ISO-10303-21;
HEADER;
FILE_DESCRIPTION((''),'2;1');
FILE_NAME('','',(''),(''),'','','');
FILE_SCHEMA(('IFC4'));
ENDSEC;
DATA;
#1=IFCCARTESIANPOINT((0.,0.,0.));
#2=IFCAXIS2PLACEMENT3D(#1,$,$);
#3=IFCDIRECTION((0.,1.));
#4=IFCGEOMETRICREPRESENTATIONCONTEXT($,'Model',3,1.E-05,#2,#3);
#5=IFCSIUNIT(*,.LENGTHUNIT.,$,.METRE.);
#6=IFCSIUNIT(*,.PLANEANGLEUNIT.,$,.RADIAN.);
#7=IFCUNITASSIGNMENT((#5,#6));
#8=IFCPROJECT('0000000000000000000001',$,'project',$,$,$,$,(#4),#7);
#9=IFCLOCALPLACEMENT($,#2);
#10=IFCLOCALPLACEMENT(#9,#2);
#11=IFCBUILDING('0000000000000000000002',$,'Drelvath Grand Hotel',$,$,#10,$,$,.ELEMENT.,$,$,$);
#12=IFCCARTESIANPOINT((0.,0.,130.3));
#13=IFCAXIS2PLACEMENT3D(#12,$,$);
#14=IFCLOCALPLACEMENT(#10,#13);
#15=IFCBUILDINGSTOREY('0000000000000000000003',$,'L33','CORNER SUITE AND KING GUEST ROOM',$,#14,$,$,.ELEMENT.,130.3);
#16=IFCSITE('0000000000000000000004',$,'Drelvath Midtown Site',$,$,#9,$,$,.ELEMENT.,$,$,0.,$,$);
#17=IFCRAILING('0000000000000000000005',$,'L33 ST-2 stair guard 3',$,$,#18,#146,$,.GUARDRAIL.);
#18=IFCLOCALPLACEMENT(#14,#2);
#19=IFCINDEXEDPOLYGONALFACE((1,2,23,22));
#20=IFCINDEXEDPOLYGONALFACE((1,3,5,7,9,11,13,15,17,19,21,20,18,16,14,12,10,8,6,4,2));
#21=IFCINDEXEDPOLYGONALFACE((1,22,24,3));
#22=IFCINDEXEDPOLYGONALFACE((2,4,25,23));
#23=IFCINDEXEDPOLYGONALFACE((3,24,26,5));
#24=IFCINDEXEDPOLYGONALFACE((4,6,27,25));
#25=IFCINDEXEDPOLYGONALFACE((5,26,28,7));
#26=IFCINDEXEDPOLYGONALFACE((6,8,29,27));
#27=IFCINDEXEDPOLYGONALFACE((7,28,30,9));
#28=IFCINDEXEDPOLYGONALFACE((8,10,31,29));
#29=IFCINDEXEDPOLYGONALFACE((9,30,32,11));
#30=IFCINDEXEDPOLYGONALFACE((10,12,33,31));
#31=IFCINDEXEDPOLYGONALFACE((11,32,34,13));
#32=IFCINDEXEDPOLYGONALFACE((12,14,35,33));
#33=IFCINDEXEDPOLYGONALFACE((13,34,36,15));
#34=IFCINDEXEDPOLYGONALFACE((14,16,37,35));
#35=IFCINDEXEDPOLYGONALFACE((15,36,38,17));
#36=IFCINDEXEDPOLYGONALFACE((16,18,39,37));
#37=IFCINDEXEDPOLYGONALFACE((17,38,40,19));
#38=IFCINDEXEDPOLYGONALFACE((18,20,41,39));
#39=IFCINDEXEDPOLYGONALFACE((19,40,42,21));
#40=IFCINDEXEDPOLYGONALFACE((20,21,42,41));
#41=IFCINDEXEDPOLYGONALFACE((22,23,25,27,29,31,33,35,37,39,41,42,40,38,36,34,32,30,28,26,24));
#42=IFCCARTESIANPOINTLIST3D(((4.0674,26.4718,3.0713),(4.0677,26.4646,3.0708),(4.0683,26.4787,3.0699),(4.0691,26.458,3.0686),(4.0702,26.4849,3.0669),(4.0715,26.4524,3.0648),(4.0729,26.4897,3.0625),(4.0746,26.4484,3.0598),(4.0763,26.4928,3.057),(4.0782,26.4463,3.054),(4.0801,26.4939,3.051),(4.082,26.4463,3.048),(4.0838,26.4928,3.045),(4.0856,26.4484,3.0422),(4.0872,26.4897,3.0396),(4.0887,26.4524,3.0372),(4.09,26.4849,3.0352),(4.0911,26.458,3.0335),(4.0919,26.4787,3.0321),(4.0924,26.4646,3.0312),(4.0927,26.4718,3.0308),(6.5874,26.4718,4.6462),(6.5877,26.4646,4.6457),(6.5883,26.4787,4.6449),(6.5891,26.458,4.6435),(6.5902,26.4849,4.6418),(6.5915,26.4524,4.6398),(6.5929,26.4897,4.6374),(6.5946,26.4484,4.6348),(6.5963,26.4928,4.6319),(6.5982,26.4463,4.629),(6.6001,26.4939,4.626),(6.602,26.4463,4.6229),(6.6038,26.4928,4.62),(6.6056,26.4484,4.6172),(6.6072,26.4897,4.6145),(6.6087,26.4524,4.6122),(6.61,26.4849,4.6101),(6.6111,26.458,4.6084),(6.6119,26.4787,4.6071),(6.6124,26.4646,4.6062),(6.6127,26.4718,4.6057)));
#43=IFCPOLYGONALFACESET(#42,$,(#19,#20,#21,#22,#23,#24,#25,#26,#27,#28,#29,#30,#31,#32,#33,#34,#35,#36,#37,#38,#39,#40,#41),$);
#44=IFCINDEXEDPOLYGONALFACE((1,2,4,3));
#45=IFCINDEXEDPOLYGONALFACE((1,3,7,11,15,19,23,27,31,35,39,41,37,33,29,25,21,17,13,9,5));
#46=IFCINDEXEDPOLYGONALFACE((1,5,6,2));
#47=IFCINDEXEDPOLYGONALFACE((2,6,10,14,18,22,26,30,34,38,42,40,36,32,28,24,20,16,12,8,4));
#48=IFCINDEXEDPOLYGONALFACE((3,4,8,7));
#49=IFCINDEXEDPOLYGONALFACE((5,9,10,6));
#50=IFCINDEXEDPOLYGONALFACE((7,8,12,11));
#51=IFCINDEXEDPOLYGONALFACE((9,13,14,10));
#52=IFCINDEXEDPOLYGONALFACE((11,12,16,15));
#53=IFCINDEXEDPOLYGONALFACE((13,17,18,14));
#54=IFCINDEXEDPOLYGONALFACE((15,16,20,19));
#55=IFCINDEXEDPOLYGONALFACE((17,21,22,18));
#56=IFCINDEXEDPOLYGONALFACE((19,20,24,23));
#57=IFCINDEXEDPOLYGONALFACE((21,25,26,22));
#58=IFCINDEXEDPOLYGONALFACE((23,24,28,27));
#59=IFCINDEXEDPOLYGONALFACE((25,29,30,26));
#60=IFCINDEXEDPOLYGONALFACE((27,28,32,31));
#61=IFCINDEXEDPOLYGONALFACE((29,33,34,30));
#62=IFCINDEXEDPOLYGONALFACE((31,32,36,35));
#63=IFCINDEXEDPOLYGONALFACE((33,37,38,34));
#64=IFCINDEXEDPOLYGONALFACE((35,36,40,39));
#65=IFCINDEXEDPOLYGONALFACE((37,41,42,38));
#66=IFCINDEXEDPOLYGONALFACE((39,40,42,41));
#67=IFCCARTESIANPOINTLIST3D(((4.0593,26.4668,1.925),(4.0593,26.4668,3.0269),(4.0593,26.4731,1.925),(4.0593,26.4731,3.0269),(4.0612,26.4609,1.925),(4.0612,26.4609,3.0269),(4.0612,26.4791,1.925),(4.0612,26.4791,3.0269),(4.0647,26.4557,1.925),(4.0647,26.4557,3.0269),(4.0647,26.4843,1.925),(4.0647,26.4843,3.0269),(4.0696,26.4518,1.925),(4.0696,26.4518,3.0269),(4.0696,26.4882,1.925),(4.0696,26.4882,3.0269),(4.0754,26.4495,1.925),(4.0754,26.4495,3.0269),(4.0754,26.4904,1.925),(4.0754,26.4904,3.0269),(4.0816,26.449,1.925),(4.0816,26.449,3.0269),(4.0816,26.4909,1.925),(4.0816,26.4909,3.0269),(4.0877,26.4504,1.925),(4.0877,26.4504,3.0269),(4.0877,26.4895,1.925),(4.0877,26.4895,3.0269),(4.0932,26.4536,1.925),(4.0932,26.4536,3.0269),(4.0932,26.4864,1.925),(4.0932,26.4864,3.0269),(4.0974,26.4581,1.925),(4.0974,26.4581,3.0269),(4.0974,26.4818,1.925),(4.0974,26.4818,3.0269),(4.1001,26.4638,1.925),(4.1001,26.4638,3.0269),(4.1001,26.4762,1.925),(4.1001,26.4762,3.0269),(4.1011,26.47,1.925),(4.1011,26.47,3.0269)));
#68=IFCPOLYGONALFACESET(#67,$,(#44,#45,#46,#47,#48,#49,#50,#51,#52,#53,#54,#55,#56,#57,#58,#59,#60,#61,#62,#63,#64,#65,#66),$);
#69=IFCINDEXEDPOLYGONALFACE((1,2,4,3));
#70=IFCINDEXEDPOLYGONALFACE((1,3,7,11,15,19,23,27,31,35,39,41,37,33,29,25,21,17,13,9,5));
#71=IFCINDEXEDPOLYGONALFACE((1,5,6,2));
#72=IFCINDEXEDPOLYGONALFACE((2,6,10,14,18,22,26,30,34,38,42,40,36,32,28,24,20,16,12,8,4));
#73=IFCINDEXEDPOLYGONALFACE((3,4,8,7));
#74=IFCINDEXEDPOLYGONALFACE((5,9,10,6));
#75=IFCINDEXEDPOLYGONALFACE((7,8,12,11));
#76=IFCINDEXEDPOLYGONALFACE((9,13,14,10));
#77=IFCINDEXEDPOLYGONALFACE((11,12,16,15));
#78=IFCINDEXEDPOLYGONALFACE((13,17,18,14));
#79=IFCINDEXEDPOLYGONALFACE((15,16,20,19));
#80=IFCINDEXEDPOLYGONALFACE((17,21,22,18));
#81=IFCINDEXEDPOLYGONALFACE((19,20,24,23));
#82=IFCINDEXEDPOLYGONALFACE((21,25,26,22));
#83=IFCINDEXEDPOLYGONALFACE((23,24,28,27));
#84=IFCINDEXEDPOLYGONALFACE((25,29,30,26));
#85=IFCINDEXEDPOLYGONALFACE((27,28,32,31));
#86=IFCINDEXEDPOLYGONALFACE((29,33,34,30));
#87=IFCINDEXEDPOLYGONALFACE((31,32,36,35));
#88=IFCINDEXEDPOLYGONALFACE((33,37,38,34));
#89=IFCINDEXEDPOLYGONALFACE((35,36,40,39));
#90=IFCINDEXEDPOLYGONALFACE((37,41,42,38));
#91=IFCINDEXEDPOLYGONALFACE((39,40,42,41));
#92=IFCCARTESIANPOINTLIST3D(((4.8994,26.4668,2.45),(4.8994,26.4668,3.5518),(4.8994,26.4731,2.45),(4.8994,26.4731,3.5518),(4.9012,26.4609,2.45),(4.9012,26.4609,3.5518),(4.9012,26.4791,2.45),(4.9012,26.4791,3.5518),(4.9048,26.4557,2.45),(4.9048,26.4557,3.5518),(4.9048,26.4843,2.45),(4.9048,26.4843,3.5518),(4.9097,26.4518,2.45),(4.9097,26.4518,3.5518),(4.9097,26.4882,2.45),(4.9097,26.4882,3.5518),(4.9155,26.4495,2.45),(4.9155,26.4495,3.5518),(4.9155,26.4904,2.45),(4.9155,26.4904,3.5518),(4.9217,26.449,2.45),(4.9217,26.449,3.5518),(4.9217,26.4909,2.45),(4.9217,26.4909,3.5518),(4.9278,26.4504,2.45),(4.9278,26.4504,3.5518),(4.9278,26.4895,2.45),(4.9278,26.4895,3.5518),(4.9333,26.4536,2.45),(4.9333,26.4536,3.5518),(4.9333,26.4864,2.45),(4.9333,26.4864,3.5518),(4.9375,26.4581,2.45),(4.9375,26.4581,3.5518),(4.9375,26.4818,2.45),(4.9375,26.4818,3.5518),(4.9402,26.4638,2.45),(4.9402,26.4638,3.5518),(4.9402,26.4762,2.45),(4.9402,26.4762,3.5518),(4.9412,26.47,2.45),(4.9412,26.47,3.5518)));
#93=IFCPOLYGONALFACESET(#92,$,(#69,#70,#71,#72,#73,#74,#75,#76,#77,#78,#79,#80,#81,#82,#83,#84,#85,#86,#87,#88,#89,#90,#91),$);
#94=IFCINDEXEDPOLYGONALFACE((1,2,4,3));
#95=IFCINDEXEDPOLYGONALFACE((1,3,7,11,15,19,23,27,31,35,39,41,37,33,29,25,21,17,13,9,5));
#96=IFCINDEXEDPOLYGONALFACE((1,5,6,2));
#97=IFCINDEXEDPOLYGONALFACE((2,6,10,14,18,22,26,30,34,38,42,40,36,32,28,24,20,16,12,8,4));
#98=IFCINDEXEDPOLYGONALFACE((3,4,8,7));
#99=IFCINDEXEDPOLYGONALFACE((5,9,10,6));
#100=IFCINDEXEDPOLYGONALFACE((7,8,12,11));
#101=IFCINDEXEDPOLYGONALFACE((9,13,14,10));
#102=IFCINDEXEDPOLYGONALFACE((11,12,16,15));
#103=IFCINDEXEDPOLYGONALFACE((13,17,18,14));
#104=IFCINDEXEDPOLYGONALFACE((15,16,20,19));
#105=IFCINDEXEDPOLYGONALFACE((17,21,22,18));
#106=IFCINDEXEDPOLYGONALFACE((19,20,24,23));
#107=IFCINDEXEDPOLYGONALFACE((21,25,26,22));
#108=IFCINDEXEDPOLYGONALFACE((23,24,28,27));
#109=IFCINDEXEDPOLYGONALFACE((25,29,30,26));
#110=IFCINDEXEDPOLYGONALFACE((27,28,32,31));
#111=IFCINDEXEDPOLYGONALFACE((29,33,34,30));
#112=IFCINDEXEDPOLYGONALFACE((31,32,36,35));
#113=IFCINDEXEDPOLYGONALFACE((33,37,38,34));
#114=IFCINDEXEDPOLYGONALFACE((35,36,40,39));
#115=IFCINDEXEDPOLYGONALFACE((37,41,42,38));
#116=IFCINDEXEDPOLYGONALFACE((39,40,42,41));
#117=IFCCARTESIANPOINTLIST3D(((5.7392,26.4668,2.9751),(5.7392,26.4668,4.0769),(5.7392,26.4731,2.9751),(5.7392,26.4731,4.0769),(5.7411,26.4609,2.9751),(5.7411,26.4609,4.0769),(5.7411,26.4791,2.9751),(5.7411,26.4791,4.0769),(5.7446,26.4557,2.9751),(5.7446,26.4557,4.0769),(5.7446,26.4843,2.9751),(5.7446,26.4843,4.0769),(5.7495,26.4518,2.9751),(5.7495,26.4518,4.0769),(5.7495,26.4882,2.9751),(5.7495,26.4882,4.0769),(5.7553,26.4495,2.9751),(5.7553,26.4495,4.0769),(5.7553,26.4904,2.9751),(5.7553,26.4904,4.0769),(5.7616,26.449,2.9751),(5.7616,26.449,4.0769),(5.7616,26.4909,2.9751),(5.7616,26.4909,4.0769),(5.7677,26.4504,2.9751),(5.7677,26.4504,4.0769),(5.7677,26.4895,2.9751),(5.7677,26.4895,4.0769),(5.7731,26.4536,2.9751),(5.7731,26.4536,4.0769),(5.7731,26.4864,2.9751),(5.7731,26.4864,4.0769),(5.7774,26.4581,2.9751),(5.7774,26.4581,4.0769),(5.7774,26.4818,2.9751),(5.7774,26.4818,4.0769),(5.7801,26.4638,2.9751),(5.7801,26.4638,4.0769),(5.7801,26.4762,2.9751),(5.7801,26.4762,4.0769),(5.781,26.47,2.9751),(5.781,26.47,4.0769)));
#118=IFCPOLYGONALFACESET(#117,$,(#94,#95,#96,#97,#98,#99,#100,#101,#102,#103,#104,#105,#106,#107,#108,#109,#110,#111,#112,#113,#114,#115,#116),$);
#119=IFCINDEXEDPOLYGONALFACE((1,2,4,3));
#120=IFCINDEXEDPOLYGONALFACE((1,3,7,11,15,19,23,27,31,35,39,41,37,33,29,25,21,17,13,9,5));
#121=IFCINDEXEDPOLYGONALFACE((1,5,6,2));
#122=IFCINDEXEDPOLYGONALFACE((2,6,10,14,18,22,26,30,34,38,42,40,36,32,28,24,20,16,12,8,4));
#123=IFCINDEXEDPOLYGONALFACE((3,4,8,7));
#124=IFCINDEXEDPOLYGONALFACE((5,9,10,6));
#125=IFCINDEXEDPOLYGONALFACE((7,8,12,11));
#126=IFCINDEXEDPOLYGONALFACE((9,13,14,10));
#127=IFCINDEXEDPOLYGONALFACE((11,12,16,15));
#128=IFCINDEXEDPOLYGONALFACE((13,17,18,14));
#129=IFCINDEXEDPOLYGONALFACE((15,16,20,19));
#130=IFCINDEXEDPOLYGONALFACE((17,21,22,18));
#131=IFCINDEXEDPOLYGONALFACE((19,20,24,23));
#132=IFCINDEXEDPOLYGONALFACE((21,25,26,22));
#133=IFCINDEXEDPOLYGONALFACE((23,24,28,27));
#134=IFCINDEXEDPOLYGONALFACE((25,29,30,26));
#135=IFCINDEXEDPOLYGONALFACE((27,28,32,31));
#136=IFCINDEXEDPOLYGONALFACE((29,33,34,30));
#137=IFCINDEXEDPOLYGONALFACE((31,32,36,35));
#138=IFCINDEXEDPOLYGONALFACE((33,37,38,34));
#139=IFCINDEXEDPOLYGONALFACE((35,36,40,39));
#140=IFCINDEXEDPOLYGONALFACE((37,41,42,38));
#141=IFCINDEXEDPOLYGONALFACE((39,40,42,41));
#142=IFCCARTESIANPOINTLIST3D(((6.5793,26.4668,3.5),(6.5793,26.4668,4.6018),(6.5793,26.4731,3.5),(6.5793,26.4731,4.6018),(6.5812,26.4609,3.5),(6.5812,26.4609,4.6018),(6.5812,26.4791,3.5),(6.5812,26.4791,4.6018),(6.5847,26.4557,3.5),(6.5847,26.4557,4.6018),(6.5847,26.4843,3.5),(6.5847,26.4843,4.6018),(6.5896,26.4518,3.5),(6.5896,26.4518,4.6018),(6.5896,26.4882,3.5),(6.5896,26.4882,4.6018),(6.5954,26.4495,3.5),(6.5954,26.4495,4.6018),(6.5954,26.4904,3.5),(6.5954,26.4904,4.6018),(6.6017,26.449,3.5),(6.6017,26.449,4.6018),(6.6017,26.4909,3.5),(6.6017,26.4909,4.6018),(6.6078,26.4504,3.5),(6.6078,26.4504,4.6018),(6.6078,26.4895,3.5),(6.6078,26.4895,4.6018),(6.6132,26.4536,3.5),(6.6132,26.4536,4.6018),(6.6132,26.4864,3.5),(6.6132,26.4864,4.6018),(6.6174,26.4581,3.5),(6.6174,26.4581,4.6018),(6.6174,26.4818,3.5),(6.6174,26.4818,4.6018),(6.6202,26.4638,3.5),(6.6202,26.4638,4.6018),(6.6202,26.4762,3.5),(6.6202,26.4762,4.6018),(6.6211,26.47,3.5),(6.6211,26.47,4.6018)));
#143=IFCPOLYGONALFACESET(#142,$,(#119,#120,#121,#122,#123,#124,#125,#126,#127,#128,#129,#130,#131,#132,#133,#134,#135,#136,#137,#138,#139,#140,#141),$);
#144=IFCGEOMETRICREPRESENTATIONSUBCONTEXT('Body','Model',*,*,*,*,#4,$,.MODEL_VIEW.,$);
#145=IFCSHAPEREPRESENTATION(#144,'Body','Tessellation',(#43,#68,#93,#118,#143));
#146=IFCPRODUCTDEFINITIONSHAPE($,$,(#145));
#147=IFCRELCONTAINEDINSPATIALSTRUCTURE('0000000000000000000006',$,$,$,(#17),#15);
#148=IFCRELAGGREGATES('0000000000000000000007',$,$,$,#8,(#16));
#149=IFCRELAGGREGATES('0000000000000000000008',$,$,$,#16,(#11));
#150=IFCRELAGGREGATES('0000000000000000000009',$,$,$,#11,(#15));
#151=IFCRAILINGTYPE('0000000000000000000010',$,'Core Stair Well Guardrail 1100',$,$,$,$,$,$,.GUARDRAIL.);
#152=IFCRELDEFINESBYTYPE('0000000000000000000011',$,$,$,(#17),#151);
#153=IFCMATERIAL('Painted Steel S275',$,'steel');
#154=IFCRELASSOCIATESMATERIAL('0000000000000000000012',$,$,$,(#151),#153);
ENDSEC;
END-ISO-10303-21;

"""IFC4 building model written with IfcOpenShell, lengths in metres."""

from ifc_helpers import new_model, si_unit, direction, frame, origin, origin_2d, place, context, subcontext, project, spatial, circle, extrude, material, type_object, element, save


model = new_model("IFC4")

# Units and contexts
model_context = context("Model", 3, precision=1e-05, world=origin(), true_north=direction((0.0, 1.0)))
body_context = subcontext(model_context, "Body", "Model", "MODEL_VIEW")
ifc_project = project(units=[si_unit("LENGTHUNIT", "METRE"), si_unit("PLANEANGLEUNIT", "RADIAN")], contexts=[model_context])

# Site, building, storey
site_placement = place(None, origin())
site = spatial("IfcSite", under=ifc_project, at=site_placement, Name="Drelvath Midtown Site", CompositionType="ELEMENT", RefElevation=0.0)
building_placement = place(site_placement, origin())
building = spatial("IfcBuilding", under=site, at=building_placement, Name="Drelvath Grand Hotel", CompositionType="ELEMENT")
storey_placement = place(building_placement, frame((0.0, 0.0, 130.3)))
storey = spatial("IfcBuildingStorey", under=building, at=storey_placement, Name="L33", Description="CORNER SUITE AND KING GUEST ROOM", CompositionType="ELEMENT", Elevation=130.3)

# Railing
ifc_material_1 = material(Name="Painted Steel S275", Category="steel")
railing_type_1 = type_object("IfcRailingType", Name="Core Stair Well Guardrail 1100", PredefinedType="GUARDRAIL", material=ifc_material_1)
railing_1_placement = place(storey_placement, frame((4.0801, 26.47, 1.925)))
element("IfcRailing", 1, at=railing_1_placement, inside=storey, type_object=railing_type_1, Name="L33 ST-2 stair guard 3", PredefinedType="GUARDRAIL", context=body_context, shape_type="SweptSolid", body=[
    extrude(circle(Radius=0.0239, at=origin_2d()), frame((0.0, 0.0, 1.126), z_axis=(0.848008, 0.0, 0.529984), x_axis=(0.0, 1.0, 0.0)), (0.0, 0.0, 1.0), 2.9717),
    extrude(circle(Radius=0.021, at=origin_2d()), origin(), (0.0, 0.0, 1.0), 1.1018),
    extrude(circle(Radius=0.021, at=origin_2d()), frame((0.8401, 0.0, 0.5249)), (0.0, 0.0, 1.0), 1.1018),
    extrude(circle(Radius=0.021, at=origin_2d()), frame((1.6799, 0.0, 1.05)), (0.0, 0.0, 1.0), 1.1018),
    extrude(circle(Radius=0.021, at=origin_2d()), frame((2.52, 0.0, 1.575)), (0.0, 0.0, 1.0), 1.1018),
])

save(model, "model.ifc")
